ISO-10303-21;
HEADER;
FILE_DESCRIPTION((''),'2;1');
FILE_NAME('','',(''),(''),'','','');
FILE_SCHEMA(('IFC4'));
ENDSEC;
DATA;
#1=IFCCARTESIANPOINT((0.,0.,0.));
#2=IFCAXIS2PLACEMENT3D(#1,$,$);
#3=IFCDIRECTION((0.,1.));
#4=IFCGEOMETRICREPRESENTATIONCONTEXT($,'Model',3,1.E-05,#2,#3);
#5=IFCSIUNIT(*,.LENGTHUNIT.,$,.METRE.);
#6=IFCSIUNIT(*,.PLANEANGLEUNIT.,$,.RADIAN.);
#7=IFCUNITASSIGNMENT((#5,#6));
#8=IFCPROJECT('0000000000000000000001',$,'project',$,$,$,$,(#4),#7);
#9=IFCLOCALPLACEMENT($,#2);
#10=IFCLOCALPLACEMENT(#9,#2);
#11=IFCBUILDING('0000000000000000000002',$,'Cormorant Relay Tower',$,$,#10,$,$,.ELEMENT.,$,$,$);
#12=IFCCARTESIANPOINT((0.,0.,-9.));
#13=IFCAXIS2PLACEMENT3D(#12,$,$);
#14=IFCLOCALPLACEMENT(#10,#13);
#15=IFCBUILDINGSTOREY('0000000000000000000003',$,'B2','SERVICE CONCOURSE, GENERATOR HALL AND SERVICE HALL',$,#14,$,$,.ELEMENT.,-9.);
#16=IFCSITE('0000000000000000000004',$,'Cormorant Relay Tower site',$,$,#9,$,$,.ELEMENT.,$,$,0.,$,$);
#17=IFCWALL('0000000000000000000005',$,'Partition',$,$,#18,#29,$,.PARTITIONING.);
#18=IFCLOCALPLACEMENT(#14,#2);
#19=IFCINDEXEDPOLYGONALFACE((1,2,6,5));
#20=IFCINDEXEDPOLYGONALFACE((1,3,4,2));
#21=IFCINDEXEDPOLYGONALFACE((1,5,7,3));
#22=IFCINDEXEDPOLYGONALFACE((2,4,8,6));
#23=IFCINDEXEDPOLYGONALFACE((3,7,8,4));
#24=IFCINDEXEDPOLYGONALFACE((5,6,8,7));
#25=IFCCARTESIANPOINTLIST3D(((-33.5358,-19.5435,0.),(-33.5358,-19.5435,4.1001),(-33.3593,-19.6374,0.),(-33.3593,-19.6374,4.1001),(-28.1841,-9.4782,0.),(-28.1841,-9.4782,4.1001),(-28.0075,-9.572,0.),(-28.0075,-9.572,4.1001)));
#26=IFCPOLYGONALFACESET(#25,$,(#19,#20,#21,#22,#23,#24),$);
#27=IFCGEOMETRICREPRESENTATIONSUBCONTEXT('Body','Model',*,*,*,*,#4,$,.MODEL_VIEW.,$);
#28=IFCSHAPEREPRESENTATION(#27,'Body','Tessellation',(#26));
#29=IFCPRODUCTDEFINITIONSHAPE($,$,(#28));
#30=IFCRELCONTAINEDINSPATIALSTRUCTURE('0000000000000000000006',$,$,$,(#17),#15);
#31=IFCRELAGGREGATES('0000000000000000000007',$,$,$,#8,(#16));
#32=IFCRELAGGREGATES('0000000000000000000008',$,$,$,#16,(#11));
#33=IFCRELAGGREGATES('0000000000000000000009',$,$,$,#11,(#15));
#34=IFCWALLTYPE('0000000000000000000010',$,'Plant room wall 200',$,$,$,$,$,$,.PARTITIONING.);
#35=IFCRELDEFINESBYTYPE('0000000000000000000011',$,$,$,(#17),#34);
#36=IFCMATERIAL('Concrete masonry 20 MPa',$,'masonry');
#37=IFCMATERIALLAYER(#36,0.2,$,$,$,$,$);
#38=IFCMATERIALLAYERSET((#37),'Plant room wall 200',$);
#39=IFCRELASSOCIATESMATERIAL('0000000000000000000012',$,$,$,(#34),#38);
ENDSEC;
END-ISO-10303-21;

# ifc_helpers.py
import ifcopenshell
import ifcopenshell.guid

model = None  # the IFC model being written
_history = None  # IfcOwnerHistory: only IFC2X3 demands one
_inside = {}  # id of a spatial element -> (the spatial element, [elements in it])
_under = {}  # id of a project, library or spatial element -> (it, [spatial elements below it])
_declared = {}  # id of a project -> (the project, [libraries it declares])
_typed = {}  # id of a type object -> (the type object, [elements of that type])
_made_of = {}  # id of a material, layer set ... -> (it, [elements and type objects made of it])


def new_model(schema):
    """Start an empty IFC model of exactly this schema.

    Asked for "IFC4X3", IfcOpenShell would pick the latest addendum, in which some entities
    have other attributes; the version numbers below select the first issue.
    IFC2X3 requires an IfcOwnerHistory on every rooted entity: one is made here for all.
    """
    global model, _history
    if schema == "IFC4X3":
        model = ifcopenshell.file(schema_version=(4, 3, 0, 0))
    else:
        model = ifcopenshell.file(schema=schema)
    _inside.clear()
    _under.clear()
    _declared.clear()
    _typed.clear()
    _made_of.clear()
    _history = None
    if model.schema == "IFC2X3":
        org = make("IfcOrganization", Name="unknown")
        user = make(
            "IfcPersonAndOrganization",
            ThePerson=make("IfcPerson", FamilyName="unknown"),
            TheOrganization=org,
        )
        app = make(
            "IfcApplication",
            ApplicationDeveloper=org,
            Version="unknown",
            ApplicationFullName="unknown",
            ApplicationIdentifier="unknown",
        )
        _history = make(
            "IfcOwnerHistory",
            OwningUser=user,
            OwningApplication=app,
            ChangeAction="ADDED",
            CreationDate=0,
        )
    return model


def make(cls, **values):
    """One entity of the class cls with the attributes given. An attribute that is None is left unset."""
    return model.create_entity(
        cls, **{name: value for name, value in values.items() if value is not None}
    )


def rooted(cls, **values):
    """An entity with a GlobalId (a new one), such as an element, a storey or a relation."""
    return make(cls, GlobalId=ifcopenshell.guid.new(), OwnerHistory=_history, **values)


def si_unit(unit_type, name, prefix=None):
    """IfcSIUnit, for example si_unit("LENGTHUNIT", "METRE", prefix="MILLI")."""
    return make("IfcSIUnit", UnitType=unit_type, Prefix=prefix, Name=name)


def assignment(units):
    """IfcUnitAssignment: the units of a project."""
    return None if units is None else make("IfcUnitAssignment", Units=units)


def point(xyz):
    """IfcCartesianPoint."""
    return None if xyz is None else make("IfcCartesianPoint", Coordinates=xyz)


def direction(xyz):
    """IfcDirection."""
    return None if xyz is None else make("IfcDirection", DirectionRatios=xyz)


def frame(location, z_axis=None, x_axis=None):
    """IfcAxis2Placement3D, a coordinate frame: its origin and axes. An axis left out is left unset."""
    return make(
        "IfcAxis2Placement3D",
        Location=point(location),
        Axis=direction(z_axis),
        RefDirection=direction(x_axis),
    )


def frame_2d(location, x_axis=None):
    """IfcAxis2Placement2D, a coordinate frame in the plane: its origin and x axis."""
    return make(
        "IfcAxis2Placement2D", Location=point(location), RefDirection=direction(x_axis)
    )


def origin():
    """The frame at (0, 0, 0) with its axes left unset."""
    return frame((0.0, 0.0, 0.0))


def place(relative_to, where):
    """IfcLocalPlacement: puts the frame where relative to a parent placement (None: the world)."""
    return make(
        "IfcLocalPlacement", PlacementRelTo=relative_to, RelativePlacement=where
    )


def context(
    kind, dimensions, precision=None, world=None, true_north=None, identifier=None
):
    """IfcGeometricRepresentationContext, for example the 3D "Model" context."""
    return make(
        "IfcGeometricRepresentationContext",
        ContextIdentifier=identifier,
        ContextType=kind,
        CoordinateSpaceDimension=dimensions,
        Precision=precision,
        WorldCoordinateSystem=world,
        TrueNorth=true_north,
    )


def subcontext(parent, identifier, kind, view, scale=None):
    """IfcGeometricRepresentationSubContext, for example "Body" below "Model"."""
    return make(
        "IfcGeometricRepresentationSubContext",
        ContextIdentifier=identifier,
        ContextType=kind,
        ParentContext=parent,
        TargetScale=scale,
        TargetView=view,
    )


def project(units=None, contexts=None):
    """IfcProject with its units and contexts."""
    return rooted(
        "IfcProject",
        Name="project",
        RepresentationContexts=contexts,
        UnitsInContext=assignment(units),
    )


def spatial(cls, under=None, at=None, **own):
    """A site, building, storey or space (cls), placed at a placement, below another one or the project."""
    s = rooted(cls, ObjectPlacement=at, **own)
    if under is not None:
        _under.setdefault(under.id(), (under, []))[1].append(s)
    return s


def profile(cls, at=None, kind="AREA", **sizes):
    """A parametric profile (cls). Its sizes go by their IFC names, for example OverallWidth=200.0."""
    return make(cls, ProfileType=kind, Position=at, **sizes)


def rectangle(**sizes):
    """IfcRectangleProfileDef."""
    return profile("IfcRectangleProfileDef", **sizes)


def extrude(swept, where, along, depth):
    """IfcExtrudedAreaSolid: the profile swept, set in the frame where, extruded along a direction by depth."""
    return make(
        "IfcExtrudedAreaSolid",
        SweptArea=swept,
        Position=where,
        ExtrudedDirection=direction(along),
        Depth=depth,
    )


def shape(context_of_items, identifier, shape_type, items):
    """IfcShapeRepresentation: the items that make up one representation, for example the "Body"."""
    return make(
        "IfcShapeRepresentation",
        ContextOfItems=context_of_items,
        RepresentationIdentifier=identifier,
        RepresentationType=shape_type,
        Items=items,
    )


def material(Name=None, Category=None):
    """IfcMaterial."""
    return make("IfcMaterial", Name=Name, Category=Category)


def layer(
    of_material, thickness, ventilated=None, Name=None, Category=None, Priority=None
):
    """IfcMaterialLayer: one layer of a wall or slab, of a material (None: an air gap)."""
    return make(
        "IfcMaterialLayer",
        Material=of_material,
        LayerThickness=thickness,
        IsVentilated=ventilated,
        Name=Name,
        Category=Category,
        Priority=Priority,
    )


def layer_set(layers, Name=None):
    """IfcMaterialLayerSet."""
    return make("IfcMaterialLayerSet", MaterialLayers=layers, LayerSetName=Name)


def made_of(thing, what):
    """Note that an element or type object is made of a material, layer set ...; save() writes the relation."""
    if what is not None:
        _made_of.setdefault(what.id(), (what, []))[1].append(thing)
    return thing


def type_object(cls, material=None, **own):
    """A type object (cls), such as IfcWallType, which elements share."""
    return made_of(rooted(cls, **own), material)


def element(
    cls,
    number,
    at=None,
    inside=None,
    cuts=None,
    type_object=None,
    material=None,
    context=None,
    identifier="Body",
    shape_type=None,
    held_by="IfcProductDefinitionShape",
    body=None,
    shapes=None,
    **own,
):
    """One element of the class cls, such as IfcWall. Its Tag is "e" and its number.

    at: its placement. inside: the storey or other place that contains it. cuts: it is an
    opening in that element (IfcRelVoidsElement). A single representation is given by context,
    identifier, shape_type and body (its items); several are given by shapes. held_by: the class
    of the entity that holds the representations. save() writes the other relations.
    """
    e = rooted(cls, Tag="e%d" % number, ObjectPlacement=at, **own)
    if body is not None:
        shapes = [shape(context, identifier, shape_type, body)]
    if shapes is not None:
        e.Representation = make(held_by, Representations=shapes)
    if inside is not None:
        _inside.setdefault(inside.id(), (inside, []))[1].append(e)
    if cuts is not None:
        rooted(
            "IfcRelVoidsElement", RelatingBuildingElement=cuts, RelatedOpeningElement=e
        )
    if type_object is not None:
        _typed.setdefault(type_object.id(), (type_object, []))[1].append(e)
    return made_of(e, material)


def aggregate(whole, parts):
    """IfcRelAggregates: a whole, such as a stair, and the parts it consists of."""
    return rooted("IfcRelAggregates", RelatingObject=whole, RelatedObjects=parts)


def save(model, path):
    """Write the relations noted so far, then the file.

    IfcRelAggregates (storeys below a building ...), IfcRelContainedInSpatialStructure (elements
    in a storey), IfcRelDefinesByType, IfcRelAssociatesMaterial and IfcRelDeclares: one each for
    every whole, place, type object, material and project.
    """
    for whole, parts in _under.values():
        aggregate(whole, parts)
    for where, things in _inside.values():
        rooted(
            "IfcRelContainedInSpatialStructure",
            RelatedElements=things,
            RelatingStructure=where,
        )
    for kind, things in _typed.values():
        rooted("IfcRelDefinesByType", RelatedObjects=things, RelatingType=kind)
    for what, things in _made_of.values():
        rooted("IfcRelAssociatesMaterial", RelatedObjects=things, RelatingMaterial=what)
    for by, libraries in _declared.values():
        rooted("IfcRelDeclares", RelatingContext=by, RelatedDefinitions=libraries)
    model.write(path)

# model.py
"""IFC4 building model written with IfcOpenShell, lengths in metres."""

from ifc_helpers import new_model, si_unit, direction, frame, frame_2d, origin, place, context, subcontext, project, spatial, rectangle, extrude, material, layer, layer_set, type_object, element, save


model = new_model("IFC4")

# Units and contexts
model_context = context("Model", 3, precision=1e-05, world=origin(), true_north=direction((0.0, 1.0)))
body_context = subcontext(model_context, "Body", "Model", "MODEL_VIEW")
ifc_project = project(units=[si_unit("LENGTHUNIT", "METRE"), si_unit("PLANEANGLEUNIT", "RADIAN")], contexts=[model_context])

# Site, building, storey
site_placement = place(None, origin())
site = spatial("IfcSite", under=ifc_project, at=site_placement, Name="Cormorant Relay Tower site", CompositionType="ELEMENT", RefElevation=0.0)
building_placement = place(site_placement, origin())
building = spatial("IfcBuilding", under=site, at=building_placement, Name="Cormorant Relay Tower", CompositionType="ELEMENT")
storey_placement = place(building_placement, frame((0.0, 0.0, -9.0)))
storey = spatial("IfcBuildingStorey", under=building, at=storey_placement, Name="B2", Description="SERVICE CONCOURSE, GENERATOR HALL AND SERVICE HALL", CompositionType="ELEMENT", Elevation=-9.0)

# Wall
ifc_material_1 = material(Name="Concrete masonry 20 MPa", Category="masonry")
ifc_layer_1 = layer(ifc_material_1, 0.2)
ifc_layer_set_1 = layer_set([ifc_layer_1], Name="Plant room wall 200")
wall_type_1 = type_object("IfcWallType", Name="Plant room wall 200", PredefinedType="PARTITIONING", material=ifc_layer_set_1)
wall_1_placement = place(storey_placement, frame((-33.4475, -19.5903, 0.0), z_axis=(0.0, 0.0, 1.0), x_axis=(0.469466, 0.88295, 0.0)))
element("IfcWall", 1, at=wall_1_placement, inside=storey, type_object=wall_type_1, Name="Partition", PredefinedType="PARTITIONING", context=body_context, shape_type="SweptSolid", body=[
    extrude(rectangle(XDim=11.3997, YDim=0.2, at=frame_2d((5.6997, 0.0))), origin(), (0.0, 0.0, 1.0), 4.1001),
])

save(model, "model.ifc")
